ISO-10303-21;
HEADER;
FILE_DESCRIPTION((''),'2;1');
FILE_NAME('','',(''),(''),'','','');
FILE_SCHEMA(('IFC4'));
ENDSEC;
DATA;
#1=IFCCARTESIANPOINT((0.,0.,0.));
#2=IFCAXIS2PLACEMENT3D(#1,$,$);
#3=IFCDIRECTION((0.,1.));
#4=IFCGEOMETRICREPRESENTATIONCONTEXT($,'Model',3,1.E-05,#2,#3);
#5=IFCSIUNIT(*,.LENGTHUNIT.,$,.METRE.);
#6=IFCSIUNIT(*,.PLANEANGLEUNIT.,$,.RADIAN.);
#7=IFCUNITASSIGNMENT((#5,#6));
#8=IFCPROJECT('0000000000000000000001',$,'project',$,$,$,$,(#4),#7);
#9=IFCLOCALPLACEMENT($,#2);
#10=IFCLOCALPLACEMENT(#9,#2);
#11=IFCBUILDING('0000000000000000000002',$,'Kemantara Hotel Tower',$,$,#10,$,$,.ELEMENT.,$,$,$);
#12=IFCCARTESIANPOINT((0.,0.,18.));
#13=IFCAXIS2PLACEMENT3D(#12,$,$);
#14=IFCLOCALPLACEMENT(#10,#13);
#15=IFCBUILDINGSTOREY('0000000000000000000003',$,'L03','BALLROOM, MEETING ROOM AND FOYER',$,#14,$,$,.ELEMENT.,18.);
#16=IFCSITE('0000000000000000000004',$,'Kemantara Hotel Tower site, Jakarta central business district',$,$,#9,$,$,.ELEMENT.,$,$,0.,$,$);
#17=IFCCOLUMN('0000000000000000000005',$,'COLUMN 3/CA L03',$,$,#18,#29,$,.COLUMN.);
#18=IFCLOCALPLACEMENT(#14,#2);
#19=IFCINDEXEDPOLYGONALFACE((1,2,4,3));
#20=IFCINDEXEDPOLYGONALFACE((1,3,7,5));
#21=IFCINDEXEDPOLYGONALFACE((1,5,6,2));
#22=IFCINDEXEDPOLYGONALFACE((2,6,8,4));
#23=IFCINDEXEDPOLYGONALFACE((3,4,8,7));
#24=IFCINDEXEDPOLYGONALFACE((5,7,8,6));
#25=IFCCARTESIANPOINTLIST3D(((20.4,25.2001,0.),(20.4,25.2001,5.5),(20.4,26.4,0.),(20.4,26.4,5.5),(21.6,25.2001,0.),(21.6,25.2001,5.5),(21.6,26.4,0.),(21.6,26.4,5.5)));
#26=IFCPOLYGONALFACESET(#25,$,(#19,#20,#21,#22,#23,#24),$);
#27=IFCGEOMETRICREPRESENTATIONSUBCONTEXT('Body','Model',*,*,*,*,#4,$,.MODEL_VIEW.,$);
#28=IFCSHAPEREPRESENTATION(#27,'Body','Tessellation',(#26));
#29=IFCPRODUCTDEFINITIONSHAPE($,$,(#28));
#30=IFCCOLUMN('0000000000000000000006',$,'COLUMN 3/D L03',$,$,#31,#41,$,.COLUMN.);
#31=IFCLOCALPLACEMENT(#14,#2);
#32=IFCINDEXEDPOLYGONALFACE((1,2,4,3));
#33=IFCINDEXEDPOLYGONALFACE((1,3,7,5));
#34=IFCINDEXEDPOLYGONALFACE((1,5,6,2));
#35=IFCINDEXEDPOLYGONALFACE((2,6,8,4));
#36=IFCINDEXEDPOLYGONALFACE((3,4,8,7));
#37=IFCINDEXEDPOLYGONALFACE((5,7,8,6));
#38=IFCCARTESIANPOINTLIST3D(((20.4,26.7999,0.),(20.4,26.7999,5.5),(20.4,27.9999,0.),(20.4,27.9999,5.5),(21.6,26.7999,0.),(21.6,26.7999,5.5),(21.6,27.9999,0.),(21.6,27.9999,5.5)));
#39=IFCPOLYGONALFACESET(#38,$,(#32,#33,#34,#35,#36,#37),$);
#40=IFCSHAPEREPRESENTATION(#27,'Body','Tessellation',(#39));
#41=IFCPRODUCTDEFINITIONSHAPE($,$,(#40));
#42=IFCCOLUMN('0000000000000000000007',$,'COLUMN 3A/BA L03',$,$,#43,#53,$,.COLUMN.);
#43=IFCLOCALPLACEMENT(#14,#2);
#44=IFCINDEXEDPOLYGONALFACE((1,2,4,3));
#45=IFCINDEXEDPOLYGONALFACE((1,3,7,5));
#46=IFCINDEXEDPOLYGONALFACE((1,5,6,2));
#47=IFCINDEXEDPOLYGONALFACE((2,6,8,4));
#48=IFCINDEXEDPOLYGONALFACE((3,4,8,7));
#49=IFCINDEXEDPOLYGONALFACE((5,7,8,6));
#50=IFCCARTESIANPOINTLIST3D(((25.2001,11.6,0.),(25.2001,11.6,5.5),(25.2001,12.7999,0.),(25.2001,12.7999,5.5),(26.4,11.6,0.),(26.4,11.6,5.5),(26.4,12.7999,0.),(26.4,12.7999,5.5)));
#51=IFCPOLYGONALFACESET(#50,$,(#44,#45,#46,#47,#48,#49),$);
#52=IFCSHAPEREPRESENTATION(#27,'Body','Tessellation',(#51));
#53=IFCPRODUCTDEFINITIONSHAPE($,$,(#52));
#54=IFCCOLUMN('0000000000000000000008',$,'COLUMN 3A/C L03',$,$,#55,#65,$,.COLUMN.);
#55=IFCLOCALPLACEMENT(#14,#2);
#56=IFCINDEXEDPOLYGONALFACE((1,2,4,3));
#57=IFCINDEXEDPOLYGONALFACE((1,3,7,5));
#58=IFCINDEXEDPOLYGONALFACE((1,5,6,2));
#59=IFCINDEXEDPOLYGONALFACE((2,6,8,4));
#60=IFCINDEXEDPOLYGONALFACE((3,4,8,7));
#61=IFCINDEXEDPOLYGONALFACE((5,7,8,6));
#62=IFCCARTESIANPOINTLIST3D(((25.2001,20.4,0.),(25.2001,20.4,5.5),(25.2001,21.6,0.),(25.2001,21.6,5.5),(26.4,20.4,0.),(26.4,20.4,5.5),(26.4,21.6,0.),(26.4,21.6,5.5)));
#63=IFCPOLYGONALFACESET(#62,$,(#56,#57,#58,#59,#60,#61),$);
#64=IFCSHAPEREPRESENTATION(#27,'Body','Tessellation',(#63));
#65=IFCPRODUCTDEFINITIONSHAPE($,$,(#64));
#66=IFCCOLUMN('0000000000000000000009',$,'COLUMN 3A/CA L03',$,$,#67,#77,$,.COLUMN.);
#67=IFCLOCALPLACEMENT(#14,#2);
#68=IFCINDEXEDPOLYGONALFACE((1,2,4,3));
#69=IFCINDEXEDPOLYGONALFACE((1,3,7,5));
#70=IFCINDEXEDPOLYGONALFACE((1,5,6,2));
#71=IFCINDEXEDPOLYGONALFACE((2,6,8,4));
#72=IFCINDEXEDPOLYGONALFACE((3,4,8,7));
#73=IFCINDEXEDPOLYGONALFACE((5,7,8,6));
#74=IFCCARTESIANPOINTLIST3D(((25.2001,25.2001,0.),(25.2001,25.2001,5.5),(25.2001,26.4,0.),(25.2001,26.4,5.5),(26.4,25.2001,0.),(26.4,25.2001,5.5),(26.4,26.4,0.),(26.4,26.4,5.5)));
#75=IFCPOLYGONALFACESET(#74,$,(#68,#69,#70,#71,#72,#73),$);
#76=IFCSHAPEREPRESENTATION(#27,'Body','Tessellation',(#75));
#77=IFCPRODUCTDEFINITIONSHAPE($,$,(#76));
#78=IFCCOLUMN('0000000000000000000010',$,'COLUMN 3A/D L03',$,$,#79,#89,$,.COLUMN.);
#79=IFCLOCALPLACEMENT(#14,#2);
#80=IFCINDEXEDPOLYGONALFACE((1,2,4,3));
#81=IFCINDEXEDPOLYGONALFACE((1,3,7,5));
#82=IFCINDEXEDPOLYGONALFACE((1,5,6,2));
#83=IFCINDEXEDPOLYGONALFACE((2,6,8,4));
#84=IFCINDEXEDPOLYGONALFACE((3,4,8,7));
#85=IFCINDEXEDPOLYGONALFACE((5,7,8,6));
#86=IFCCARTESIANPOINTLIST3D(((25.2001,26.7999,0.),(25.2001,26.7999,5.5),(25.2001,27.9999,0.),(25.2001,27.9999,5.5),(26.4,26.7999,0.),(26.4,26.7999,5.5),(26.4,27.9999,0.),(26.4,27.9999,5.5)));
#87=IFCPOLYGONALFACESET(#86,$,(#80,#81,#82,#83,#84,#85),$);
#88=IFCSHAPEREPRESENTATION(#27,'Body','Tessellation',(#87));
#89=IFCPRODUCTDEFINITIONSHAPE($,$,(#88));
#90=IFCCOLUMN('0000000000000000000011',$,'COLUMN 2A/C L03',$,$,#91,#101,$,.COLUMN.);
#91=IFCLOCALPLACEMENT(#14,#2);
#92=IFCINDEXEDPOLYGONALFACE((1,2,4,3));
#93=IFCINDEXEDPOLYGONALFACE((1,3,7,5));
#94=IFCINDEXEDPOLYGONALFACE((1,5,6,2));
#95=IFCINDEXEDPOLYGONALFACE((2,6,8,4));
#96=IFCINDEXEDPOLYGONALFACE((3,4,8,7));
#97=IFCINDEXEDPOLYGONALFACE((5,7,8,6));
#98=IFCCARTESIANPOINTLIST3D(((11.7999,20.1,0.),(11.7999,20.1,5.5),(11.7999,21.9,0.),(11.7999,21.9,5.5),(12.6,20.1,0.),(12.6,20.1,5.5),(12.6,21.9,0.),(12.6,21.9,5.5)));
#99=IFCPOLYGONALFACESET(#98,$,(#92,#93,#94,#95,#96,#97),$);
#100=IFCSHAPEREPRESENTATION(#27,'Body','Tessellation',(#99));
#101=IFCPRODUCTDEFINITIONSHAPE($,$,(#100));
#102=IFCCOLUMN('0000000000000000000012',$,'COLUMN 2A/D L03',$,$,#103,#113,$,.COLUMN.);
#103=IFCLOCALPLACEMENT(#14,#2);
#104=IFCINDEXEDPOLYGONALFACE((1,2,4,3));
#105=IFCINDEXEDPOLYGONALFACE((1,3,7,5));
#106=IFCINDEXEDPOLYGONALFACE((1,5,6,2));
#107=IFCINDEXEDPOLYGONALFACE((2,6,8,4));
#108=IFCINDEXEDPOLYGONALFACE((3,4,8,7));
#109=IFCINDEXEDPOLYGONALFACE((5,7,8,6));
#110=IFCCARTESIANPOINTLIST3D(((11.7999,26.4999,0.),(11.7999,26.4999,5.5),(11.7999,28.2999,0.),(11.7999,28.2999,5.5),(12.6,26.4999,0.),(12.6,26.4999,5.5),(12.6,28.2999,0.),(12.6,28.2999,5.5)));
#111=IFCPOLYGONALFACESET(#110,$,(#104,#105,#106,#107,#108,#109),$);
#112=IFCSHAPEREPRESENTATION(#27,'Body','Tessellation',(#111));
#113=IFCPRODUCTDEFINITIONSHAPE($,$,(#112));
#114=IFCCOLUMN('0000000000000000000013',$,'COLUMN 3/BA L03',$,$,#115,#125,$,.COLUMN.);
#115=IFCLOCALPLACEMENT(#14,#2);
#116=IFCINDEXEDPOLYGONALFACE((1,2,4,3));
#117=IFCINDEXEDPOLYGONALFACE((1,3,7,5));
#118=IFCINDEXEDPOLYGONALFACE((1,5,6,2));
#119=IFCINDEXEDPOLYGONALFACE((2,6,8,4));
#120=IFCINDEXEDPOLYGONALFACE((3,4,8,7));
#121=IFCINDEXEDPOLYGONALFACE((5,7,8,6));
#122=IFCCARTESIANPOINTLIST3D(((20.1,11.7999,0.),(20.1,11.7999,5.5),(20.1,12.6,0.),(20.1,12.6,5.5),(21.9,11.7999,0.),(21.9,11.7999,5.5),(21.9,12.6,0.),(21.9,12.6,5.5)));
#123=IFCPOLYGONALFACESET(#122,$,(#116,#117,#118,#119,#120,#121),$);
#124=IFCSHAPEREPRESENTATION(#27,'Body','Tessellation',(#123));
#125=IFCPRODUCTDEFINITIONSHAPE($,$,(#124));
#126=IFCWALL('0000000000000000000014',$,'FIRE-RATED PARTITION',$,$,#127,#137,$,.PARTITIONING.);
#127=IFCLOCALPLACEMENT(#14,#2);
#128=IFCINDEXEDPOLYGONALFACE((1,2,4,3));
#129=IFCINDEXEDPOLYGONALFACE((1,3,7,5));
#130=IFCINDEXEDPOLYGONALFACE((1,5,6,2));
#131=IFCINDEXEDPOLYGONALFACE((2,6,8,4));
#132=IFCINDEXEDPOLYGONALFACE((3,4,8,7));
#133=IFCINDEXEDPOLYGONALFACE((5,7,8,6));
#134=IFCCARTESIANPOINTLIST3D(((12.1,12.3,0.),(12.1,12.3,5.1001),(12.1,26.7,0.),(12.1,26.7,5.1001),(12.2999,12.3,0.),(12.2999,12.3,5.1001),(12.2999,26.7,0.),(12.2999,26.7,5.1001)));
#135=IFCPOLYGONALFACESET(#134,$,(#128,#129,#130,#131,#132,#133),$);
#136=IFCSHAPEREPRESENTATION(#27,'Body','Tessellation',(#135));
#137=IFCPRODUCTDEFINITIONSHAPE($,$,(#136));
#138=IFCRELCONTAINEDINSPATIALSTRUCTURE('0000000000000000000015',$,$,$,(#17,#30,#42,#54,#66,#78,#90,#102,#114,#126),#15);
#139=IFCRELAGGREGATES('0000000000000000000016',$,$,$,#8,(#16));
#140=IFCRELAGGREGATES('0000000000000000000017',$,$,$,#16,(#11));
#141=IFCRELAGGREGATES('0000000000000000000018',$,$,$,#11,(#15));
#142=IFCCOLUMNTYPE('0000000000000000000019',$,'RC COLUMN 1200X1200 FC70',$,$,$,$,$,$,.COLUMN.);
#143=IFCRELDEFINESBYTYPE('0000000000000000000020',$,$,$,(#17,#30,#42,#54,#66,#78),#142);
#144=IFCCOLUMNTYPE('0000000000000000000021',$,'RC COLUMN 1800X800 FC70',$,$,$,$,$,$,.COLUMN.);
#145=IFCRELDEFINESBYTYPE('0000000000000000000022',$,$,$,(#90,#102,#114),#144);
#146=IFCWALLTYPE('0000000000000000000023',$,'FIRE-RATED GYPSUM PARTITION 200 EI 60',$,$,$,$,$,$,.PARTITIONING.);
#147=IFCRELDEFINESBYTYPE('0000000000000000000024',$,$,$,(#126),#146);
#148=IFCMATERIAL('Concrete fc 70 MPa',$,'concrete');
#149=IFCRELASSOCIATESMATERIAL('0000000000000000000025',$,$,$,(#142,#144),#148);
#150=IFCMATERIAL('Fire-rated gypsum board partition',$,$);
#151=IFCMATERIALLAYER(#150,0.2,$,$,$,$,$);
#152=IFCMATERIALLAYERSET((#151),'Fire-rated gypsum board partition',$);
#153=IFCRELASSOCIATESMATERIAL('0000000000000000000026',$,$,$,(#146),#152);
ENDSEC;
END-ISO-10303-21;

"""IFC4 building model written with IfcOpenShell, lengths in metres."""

from ifc_helpers import new_model, si_unit, direction, frame, frame_2d, origin, origin_2d, place, context, subcontext, project, spatial, rectangle, extrude, material, layer, layer_set, material_profile, profile_set, type_object, element, save


model = new_model("IFC4")

# Units and contexts
model_context = context("Model", 3, precision=1e-05, world=origin(), true_north=direction((0.0, 1.0)))
body_context = subcontext(model_context, "Body", "Model", "MODEL_VIEW")
ifc_project = project(units=[si_unit("LENGTHUNIT", "METRE"), si_unit("PLANEANGLEUNIT", "RADIAN")], contexts=[model_context])

# Site, building, storey
site_placement = place(None, origin())
site = spatial("IfcSite", under=ifc_project, at=site_placement, Name="Kemantara Hotel Tower site, Jakarta central business district", CompositionType="ELEMENT", RefElevation=0.0)
building_placement = place(site_placement, origin())
building = spatial("IfcBuilding", under=site, at=building_placement, Name="Kemantara Hotel Tower", CompositionType="ELEMENT")
storey_placement = place(building_placement, frame((0.0, 0.0, 18.0)))
storey = spatial("IfcBuildingStorey", under=building, at=storey_placement, Name="L03", Description="BALLROOM, MEETING ROOM AND FOYER", CompositionType="ELEMENT", Elevation=18.0)

# Columns
ifc_material_1 = material(Name="Concrete fc 70 MPa", Category="concrete")
ifc_material_profile_1 = material_profile(ifc_material_1, rectangle(XDim=1.2, YDim=1.2, at=origin_2d()), Name="RC 1200X1200")
ifc_profile_set_1 = profile_set([ifc_material_profile_1], Name="Concrete fc 70 MPa")
column_type_1 = type_object("IfcColumnType", Name="RC COLUMN 1200X1200 FC70", PredefinedType="COLUMN", material=ifc_profile_set_1)
for number, where, z_axis, x_axis, name in (
    (1, (21.0, 25.8, 0.0), (0.0, 0.0, 1.0), (1.0, 0.0, 0.0), "COLUMN 3/CA L03"),
    (2, (21.0, 27.3999, 0.0), (0.0, 0.0, 1.0), (1.0, 0.0, 0.0), "COLUMN 3/D L03"),
    (3, (25.8, 12.2, 0.0), (0.0, 0.0, 1.0), (1.0, 0.0, 0.0), "COLUMN 3A/BA L03"),
    (4, (25.8, 21.0, 0.0), (0.0, 0.0, 1.0), (1.0, 0.0, 0.0), "COLUMN 3A/C L03"),
    (5, (25.8, 25.8, 0.0), (0.0, 0.0, 1.0), (1.0, 0.0, 0.0), "COLUMN 3A/CA L03"),
    (6, (25.8, 27.3999, 0.0), (0.0, 0.0, 1.0), (1.0, 0.0, 0.0), "COLUMN 3A/D L03"),
):
    element("IfcColumn", number, at=place(storey_placement, frame(where, z_axis=z_axis, x_axis=x_axis)), inside=storey, type_object=column_type_1, Name=name, PredefinedType="COLUMN", context=body_context, shape_type="SweptSolid", body=[
        extrude(rectangle(XDim=1.2, YDim=1.2, at=origin_2d()), origin(), (0.0, 0.0, 1.0), 5.5),
    ])
ifc_material_profile_2 = material_profile(ifc_material_1, rectangle(XDim=1.8, YDim=0.8, at=origin_2d()), Name="RC 1800X800")
ifc_profile_set_2 = profile_set([ifc_material_profile_2], Name="Concrete fc 70 MPa")
column_type_2 = type_object("IfcColumnType", Name="RC COLUMN 1800X800 FC70", PredefinedType="COLUMN", material=ifc_profile_set_2)
for number, where, z_axis, x_axis, name in (
    (7, (12.2, 21.0, 0.0), (0.0, 0.0, 1.0), (0.0, 1.0, 0.0), "COLUMN 2A/C L03"),
    (8, (12.2, 27.3999, 0.0), (0.0, 0.0, 1.0), (0.0, 1.0, 0.0), "COLUMN 2A/D L03"),
    (9, (21.0, 12.2, 0.0), (0.0, 0.0, 1.0), (1.0, 0.0, 0.0), "COLUMN 3/BA L03"),
):
    element("IfcColumn", number, at=place(storey_placement, frame(where, z_axis=z_axis, x_axis=x_axis)), inside=storey, type_object=column_type_2, Name=name, PredefinedType="COLUMN", context=body_context, shape_type="SweptSolid", body=[
        extrude(rectangle(XDim=1.8, YDim=0.8, at=origin_2d()), origin(), (0.0, 0.0, 1.0), 5.5),
    ])

# Wall
ifc_material_2 = material(Name="Fire-rated gypsum board partition")
ifc_layer_1 = layer(ifc_material_2, 0.2)
ifc_layer_set_1 = layer_set([ifc_layer_1], Name="Fire-rated gypsum board partition")
wall_type_1 = type_object("IfcWallType", Name="FIRE-RATED GYPSUM PARTITION 200 EI 60", PredefinedType="PARTITIONING", material=ifc_layer_set_1)
wall_1_placement = place(storey_placement, frame((12.2, 12.3, 0.0), z_axis=(0.0, 0.0, 1.0), x_axis=(0.0, 1.0, 0.0)))
element("IfcWall", 10, at=wall_1_placement, inside=storey, type_object=wall_type_1, Name="FIRE-RATED PARTITION", PredefinedType="PARTITIONING", context=body_context, shape_type="SweptSolid", body=[
    extrude(rectangle(XDim=14.3999, YDim=0.2, at=frame_2d((7.2, 0.0))), origin(), (0.0, 0.0, 1.0), 5.1001),
])

save(model, "model.ifc")
